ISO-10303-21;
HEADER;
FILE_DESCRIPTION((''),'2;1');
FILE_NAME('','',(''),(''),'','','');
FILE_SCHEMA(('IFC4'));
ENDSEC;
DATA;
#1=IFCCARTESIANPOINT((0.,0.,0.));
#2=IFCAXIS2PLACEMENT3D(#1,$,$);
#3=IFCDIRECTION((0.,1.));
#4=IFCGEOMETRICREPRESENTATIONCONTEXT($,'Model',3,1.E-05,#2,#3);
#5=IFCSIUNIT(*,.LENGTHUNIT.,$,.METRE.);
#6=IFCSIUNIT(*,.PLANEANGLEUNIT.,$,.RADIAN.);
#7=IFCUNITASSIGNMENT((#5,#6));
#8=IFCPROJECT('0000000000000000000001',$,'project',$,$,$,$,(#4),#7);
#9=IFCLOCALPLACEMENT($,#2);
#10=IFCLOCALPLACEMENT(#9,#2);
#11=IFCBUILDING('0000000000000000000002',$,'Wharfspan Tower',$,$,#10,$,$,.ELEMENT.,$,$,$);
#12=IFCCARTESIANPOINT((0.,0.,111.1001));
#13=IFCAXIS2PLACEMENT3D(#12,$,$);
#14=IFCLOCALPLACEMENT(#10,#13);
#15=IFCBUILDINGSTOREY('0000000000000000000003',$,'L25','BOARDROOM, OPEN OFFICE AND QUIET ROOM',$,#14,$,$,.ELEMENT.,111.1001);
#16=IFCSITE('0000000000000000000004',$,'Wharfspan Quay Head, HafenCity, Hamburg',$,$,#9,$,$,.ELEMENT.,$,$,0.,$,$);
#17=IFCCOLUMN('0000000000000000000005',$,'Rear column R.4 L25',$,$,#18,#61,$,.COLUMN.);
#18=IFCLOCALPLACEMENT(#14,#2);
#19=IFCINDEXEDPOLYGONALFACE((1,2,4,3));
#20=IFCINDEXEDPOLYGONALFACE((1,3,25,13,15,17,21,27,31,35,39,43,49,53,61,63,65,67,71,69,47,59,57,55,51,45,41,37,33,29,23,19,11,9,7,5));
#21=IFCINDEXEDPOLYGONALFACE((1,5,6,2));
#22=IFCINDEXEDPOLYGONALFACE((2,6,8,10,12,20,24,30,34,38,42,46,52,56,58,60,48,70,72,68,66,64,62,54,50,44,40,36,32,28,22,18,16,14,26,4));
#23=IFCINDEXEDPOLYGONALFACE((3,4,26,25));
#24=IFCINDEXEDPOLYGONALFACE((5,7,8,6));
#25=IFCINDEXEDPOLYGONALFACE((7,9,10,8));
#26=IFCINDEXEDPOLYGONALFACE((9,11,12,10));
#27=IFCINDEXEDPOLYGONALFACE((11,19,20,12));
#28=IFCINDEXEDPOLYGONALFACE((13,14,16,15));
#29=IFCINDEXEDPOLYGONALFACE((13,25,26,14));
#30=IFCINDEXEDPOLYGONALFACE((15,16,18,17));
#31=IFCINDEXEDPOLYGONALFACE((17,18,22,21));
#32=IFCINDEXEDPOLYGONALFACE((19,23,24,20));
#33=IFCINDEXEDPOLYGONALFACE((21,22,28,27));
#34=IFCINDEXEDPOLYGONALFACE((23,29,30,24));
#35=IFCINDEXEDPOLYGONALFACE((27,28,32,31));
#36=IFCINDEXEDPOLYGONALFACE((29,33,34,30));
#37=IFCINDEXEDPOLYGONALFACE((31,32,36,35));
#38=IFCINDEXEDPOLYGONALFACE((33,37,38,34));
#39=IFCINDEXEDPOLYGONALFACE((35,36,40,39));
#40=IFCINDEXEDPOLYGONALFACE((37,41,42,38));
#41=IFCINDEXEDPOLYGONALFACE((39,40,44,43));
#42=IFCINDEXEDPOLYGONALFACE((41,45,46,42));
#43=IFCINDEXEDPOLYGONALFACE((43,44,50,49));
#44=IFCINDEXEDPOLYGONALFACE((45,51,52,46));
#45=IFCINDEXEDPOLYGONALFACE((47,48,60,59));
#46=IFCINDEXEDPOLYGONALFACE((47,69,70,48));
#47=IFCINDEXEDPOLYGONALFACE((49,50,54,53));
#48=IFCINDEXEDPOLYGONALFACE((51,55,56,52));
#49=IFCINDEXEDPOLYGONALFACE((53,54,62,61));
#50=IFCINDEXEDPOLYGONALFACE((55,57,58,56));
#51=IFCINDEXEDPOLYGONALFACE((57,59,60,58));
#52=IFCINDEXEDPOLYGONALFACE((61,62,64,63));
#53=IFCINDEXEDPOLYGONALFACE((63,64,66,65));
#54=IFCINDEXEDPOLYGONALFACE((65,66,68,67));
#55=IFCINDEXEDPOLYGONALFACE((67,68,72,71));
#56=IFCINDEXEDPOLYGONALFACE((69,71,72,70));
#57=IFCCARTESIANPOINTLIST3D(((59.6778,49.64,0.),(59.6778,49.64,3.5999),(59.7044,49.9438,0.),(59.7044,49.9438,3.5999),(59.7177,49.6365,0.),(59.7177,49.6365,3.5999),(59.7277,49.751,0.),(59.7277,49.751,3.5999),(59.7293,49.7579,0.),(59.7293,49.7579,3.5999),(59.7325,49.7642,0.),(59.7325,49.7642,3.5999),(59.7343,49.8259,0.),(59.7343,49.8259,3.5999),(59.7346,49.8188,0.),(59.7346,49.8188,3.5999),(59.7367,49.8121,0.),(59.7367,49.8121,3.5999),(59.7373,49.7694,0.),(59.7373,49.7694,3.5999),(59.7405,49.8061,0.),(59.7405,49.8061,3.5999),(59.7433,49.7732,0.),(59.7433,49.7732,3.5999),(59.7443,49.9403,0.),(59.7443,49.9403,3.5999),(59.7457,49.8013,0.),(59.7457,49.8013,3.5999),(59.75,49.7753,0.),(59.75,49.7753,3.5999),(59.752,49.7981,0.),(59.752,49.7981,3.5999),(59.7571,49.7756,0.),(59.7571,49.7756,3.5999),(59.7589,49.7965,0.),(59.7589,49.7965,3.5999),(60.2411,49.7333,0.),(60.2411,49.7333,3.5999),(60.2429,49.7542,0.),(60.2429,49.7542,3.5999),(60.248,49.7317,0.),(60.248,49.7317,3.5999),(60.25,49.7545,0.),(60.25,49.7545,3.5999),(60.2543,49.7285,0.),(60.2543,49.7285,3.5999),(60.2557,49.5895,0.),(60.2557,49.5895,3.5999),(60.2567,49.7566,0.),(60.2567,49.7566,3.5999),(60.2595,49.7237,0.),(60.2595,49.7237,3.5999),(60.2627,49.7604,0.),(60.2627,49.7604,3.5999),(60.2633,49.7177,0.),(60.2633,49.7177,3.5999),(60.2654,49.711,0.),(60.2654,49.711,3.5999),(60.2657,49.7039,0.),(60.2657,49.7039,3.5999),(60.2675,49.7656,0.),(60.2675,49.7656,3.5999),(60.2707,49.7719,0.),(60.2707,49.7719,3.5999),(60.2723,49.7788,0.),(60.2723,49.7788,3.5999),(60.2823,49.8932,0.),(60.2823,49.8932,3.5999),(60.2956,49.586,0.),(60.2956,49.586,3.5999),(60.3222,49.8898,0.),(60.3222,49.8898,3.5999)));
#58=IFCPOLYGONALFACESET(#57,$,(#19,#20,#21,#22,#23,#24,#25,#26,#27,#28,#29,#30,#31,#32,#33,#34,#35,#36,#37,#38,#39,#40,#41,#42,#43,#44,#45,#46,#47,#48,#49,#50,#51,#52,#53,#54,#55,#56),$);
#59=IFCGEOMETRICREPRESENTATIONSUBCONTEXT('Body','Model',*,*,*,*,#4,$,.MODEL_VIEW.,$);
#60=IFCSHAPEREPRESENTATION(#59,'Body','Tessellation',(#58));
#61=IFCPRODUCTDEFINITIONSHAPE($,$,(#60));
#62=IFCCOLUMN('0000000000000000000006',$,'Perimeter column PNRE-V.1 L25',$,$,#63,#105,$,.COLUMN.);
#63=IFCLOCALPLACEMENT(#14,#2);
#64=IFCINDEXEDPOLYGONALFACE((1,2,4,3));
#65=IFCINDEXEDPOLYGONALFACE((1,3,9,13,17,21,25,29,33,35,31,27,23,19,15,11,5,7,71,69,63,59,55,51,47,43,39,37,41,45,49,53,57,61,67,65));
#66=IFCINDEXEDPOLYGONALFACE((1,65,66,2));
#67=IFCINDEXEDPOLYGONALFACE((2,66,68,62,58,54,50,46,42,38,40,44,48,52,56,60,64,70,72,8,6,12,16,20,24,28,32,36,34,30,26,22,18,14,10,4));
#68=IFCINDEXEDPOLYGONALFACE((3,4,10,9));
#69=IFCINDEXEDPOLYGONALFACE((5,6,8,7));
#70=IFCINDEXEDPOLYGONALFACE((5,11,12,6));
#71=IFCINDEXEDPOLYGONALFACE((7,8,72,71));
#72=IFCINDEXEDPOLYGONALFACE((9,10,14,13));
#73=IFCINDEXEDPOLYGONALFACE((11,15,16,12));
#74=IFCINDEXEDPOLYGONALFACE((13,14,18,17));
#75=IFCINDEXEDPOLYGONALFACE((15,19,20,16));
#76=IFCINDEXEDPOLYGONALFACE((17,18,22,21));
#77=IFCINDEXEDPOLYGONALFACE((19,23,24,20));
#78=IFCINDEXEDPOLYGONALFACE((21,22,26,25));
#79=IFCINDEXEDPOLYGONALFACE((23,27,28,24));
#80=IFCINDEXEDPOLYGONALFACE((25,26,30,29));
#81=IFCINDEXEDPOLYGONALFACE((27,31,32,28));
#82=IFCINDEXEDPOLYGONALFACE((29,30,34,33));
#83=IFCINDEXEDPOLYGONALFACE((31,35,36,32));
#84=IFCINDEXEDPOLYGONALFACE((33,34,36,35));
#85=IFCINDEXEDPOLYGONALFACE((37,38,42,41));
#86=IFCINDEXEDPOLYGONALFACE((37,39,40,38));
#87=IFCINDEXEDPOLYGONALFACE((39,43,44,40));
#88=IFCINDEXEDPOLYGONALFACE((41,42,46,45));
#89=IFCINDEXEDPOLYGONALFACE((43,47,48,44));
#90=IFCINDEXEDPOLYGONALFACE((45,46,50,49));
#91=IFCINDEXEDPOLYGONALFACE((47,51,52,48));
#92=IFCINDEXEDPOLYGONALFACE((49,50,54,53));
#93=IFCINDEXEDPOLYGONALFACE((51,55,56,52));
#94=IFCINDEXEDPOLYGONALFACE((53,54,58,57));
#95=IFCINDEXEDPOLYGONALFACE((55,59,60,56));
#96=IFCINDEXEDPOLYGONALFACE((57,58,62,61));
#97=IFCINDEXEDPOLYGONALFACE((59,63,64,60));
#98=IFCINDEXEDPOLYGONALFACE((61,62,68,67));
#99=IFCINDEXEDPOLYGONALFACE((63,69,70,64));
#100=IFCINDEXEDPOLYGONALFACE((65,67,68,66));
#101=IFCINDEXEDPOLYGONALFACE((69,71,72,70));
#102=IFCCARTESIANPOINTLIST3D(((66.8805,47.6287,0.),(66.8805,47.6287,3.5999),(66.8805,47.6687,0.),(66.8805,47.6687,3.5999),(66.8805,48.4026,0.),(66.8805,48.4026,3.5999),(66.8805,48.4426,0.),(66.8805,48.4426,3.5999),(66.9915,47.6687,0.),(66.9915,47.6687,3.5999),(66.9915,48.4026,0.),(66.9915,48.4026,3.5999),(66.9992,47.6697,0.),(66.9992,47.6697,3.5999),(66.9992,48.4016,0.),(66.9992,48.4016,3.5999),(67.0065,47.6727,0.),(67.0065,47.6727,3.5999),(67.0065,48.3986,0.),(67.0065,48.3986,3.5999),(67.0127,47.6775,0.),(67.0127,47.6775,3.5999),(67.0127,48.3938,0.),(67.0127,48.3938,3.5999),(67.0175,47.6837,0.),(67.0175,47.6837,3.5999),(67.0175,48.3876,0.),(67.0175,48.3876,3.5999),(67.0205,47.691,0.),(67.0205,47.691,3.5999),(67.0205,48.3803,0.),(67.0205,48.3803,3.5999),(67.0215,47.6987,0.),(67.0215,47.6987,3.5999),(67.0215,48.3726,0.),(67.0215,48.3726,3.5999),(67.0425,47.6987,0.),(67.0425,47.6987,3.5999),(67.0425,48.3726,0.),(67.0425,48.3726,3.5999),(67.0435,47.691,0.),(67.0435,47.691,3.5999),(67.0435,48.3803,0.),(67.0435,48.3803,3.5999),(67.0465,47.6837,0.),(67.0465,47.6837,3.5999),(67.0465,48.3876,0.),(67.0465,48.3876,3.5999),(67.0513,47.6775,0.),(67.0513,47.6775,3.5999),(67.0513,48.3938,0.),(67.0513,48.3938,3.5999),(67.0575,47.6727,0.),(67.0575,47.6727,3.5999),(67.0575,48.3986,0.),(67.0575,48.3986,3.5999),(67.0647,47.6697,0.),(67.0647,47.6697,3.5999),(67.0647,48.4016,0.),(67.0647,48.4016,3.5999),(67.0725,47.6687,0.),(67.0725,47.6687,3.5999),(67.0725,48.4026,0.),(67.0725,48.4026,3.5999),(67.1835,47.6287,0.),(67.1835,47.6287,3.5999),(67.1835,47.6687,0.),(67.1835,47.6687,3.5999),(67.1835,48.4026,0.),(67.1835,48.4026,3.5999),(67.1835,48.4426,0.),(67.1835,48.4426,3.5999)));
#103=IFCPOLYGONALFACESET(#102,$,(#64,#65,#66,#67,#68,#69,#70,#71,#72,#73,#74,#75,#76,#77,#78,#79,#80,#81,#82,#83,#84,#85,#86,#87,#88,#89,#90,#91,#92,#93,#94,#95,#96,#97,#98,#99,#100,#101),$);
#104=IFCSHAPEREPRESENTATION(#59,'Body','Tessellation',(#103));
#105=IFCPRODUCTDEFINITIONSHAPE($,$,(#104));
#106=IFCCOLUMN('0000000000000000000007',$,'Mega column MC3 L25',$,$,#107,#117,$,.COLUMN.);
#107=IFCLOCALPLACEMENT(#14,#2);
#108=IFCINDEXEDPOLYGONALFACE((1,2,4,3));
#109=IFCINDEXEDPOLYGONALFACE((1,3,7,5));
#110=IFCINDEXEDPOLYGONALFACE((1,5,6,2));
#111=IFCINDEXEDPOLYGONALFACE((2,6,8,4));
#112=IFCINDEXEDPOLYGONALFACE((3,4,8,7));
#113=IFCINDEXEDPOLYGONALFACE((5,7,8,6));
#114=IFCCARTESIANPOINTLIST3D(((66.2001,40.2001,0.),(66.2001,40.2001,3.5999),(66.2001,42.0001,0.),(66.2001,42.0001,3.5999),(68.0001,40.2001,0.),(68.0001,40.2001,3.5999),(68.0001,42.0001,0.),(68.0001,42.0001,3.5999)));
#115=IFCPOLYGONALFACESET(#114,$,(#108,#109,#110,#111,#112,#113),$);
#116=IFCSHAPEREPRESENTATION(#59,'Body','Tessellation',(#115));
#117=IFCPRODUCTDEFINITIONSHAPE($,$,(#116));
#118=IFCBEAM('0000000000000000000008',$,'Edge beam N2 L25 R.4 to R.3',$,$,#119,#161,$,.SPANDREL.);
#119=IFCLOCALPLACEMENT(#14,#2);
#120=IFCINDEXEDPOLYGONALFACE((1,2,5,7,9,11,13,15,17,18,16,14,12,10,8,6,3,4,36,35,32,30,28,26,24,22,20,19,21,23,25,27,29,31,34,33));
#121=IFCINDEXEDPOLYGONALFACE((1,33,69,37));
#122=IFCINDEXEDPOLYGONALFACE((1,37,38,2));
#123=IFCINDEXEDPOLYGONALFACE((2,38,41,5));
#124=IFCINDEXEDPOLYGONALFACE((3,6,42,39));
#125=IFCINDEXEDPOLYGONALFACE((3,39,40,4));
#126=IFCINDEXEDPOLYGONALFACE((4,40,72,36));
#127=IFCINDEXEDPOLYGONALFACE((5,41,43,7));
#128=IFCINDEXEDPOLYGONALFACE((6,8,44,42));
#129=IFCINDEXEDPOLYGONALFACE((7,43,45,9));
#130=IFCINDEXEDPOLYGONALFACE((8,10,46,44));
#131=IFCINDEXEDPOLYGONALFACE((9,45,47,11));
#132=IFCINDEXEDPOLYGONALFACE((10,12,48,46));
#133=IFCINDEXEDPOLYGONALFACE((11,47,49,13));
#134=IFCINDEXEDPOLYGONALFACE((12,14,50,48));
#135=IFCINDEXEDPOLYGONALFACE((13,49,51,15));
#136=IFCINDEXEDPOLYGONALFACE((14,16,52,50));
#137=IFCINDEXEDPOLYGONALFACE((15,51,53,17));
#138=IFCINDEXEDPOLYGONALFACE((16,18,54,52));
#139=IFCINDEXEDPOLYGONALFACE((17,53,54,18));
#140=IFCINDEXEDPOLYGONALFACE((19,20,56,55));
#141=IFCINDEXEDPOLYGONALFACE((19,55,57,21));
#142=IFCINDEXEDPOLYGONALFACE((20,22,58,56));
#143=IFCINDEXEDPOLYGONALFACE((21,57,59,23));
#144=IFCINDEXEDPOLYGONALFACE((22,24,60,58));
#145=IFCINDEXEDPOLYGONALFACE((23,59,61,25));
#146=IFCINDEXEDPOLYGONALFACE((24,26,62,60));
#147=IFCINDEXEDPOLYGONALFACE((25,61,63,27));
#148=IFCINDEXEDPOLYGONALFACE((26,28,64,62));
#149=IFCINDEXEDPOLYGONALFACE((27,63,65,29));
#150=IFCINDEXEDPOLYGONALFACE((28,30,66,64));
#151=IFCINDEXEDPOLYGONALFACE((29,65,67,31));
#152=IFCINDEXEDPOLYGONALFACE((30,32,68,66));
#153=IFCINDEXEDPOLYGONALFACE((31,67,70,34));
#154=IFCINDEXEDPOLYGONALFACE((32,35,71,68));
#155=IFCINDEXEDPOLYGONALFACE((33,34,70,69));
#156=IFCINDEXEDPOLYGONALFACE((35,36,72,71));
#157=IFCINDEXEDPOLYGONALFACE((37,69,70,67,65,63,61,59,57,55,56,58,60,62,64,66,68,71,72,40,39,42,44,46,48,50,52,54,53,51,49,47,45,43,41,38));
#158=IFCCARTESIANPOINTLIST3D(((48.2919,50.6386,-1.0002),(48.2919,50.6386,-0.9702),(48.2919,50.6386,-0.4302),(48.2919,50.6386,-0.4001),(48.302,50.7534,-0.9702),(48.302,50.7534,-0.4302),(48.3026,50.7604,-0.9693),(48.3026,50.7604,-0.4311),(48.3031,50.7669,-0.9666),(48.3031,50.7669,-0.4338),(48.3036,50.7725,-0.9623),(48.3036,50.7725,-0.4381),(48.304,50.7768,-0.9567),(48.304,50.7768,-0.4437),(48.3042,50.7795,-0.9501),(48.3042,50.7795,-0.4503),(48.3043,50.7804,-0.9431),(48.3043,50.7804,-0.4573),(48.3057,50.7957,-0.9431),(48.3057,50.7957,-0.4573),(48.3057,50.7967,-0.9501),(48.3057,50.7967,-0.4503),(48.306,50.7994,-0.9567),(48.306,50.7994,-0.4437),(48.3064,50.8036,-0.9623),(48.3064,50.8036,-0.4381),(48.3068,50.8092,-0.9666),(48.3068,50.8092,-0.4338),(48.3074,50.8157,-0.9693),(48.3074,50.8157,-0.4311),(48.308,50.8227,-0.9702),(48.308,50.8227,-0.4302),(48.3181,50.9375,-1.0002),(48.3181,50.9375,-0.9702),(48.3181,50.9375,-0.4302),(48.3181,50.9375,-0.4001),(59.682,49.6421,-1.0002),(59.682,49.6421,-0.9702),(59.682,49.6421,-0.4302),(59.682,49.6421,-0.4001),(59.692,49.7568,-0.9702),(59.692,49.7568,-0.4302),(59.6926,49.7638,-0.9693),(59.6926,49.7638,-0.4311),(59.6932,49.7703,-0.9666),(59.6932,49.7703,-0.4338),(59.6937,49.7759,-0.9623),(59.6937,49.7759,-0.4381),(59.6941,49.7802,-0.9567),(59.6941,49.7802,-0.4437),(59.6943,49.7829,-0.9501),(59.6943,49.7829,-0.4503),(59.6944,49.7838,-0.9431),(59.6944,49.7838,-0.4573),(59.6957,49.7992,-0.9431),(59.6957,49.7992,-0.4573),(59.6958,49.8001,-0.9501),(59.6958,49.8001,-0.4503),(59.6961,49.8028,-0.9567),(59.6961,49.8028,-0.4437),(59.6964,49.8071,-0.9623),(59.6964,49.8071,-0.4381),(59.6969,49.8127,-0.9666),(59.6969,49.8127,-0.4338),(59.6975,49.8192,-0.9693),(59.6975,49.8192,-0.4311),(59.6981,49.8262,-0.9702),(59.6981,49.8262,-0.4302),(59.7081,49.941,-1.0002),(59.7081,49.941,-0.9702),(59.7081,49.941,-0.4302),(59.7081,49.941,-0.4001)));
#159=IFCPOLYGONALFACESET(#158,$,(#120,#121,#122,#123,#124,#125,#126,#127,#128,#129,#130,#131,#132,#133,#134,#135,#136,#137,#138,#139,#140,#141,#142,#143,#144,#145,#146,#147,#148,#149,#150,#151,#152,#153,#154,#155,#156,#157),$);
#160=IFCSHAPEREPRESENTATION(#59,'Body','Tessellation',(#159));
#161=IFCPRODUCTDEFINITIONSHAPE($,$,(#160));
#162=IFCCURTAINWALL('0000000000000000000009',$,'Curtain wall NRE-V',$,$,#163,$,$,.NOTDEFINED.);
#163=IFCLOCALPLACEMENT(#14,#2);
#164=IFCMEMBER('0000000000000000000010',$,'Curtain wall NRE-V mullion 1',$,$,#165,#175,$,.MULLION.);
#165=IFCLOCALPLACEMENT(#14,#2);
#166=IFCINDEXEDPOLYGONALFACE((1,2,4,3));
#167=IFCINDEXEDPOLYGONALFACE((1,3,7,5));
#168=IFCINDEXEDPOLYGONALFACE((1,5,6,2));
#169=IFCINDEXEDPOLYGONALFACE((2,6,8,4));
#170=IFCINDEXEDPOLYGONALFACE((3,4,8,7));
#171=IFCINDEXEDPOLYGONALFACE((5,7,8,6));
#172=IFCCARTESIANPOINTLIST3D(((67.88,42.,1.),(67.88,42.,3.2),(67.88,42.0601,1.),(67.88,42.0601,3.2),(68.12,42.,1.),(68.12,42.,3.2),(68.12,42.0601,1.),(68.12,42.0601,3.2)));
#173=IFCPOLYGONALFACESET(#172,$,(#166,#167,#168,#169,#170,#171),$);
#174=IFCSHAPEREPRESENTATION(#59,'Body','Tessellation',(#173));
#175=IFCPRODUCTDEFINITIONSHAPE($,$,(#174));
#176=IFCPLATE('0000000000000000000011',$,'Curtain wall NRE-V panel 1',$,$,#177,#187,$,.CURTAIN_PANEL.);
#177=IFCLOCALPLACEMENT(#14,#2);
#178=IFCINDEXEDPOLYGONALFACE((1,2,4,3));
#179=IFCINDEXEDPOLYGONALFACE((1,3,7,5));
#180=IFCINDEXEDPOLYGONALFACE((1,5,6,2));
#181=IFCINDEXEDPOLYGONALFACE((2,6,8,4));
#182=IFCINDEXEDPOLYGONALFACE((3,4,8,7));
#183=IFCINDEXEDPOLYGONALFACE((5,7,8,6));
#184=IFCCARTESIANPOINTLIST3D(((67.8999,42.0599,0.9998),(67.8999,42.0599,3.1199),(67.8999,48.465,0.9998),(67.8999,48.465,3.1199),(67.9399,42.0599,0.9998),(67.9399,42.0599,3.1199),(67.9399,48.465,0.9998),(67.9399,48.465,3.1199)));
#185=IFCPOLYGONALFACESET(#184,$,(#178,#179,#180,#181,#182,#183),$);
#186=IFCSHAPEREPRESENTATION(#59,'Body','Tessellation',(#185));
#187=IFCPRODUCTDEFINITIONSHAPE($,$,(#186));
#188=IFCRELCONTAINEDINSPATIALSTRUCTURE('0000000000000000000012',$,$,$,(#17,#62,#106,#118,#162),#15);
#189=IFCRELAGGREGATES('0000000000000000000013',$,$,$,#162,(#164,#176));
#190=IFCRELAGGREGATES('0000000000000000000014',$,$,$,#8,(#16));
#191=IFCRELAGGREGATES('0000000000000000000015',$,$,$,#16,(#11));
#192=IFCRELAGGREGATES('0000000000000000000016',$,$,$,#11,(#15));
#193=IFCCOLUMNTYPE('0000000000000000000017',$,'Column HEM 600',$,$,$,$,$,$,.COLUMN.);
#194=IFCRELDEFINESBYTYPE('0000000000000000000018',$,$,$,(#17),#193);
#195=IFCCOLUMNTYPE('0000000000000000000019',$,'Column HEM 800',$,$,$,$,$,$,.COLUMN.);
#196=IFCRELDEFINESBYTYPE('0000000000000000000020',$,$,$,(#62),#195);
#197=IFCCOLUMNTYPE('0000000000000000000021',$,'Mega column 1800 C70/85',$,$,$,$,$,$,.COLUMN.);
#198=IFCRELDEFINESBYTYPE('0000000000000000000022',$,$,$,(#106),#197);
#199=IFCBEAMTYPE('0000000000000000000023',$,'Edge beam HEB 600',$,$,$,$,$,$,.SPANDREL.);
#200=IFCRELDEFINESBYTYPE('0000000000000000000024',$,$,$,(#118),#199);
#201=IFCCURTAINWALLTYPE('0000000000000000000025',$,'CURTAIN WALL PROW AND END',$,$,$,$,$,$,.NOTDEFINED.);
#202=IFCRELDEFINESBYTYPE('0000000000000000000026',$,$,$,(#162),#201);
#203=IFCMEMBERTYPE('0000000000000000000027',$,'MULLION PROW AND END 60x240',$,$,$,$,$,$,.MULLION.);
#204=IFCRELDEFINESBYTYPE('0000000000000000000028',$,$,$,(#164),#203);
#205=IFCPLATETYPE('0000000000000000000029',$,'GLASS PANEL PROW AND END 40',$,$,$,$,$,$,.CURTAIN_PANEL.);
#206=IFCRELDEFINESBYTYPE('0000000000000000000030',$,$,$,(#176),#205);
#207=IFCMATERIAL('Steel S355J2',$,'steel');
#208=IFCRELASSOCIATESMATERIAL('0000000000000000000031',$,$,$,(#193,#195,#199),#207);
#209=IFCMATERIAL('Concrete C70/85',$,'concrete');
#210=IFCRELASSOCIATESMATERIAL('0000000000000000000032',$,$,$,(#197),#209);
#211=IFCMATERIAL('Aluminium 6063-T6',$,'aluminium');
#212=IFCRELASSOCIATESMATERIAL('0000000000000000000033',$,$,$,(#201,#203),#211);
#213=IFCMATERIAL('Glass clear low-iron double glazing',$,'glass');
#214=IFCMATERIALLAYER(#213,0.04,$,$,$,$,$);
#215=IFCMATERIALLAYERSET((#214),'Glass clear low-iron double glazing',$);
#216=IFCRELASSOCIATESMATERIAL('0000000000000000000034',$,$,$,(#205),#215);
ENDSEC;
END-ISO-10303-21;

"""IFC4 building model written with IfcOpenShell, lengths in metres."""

from ifc_helpers import new_model, si_unit, direction, frame, origin, origin_2d, place, context, subcontext, project, spatial, rectangle, i_section, extrude, material, layer, layer_set, material_profile, profile_set, type_object, element, aggregate, save


model = new_model("IFC4")

# Units and contexts
model_context = context("Model", 3, precision=1e-05, world=origin(), true_north=direction((0.0, 1.0)))
body_context = subcontext(model_context, "Body", "Model", "MODEL_VIEW")
ifc_project = project(units=[si_unit("LENGTHUNIT", "METRE"), si_unit("PLANEANGLEUNIT", "RADIAN")], contexts=[model_context])

# Site, building, storey
site_placement = place(None, origin())
site = spatial("IfcSite", under=ifc_project, at=site_placement, Name="Wharfspan Quay Head, HafenCity, Hamburg", CompositionType="ELEMENT", RefElevation=0.0)
building_placement = place(site_placement, origin())
building = spatial("IfcBuilding", under=site, at=building_placement, Name="Wharfspan Tower", CompositionType="ELEMENT")
storey_placement = place(building_placement, frame((0.0, 0.0, 111.1001)))
storey = spatial("IfcBuildingStorey", under=building, at=storey_placement, Name="L25", Description="BOARDROOM, OPEN OFFICE AND QUIET ROOM", CompositionType="ELEMENT", Elevation=111.1001)

# Columns
ifc_material_1 = material(Name="Steel S355J2", Category="steel")
ifc_material_profile_1 = material_profile(ifc_material_1, i_section(OverallWidth=0.3049, OverallDepth=0.6201, WebThickness=0.021, FlangeThickness=0.04, FilletRadius=0.0271, at=origin_2d()))
ifc_profile_set_1 = profile_set([ifc_material_profile_1], Name="Steel S355J2")
column_type_1 = type_object("IfcColumnType", Name="Column HEM 600", PredefinedType="COLUMN", material=ifc_profile_set_1)
column_1_placement = place(storey_placement, frame((60.0, 49.7649, 0.0), z_axis=(0.0, 0.0, 1.0), x_axis=(0.087156, 0.996198, 0.0)))
element("IfcColumn", 1, at=column_1_placement, inside=storey, type_object=column_type_1, Name="Rear column R.4 L25", PredefinedType="COLUMN", context=body_context, shape_type="SweptSolid", body=[
    extrude(i_section(OverallWidth=0.3049, OverallDepth=0.6201, WebThickness=0.021, FlangeThickness=0.04, FilletRadius=0.0271, at=origin_2d()), origin(), (0.0, 0.0, 1.0), 3.5999),
])
ifc_material_profile_2 = material_profile(ifc_material_1, i_section(OverallWidth=0.303, OverallDepth=0.814, WebThickness=0.021, FlangeThickness=0.04, FilletRadius=0.03, at=origin_2d()))
ifc_profile_set_2 = profile_set([ifc_material_profile_2], Name="Steel S355J2")
column_type_2 = type_object("IfcColumnType", Name="Column HEM 800", PredefinedType="COLUMN", material=ifc_profile_set_2)
column_2_placement = place(storey_placement, frame((67.032, 48.0356, 0.0), z_axis=(0.0, 0.0, 1.0), x_axis=(1.0, 0.0, 0.0)))
element("IfcColumn", 2, at=column_2_placement, inside=storey, type_object=column_type_2, Name="Perimeter column PNRE-V.1 L25", PredefinedType="COLUMN", context=body_context, shape_type="SweptSolid", body=[
    extrude(i_section(OverallWidth=0.303, OverallDepth=0.814, WebThickness=0.021, FlangeThickness=0.04, FilletRadius=0.03, at=origin_2d()), origin(), (0.0, 0.0, 1.0), 3.5999),
])
ifc_material_2 = material(Name="Concrete C70/85", Category="concrete")
ifc_material_profile_3 = material_profile(ifc_material_2, rectangle(XDim=1.8, YDim=1.8, at=origin_2d()))
ifc_profile_set_3 = profile_set([ifc_material_profile_3], Name="Concrete C70/85")
column_type_3 = type_object("IfcColumnType", Name="Mega column 1800 C70/85", PredefinedType="COLUMN", material=ifc_profile_set_3)
column_3_placement = place(storey_placement, frame((67.1001, 41.1001, 0.0), z_axis=(0.0, 0.0, 1.0), x_axis=(1.0, 0.0, 0.0)))
element("IfcColumn", 3, at=column_3_placement, inside=storey, type_object=column_type_3, Name="Mega column MC3 L25", PredefinedType="COLUMN", context=body_context, shape_type="SweptSolid", body=[
    extrude(rectangle(XDim=1.8, YDim=1.8, at=origin_2d()), origin(), (0.0, 0.0, 1.0), 3.5999),
])

# Beam
ifc_material_profile_4 = material_profile(ifc_material_1, i_section(OverallWidth=0.3, OverallDepth=0.6001, WebThickness=0.0154, FlangeThickness=0.03, FilletRadius=0.0271, at=origin_2d()))
ifc_profile_set_4 = profile_set([ifc_material_profile_4], Name="Steel S355J2")
beam_type = type_object("IfcBeamType", Name="Edge beam HEB 600", PredefinedType="SPANDREL", material=ifc_profile_set_4)
beam_placement = place(storey_placement, frame((59.6951, 49.7915, -0.7002), z_axis=(-0.996194, 0.087162, 0.0), x_axis=(-0.087162, -0.996194, 0.0)))
element("IfcBeam", 4, at=beam_placement, inside=storey, type_object=beam_type, Name="Edge beam N2 L25 R.4 to R.3", PredefinedType="SPANDREL", context=body_context, shape_type="SweptSolid", body=[
    extrude(i_section(OverallWidth=0.3, OverallDepth=0.6001, WebThickness=0.0154, FlangeThickness=0.03, FilletRadius=0.0271, at=origin_2d()), origin(), (0.0, 0.0, 1.0), 11.4336),
])

# Curtain wall, member, plate
ifc_material_3 = material(Name="Aluminium 6063-T6", Category="aluminium")
curtain_wall_type = type_object("IfcCurtainWallType", Name="CURTAIN WALL PROW AND END", PredefinedType="NOTDEFINED", material=ifc_material_3)
curtain_wall_placement = place(storey_placement, origin())
curtain_wall = element("IfcCurtainWall", 5, at=curtain_wall_placement, inside=storey, type_object=curtain_wall_type, Name="Curtain wall NRE-V", PredefinedType="NOTDEFINED")
ifc_material_profile_5 = material_profile(ifc_material_3, rectangle(XDim=0.24, YDim=0.0601, at=origin_2d()))
ifc_profile_set_5 = profile_set([ifc_material_profile_5], Name="Aluminium 6063-T6")
member_type = type_object("IfcMemberType", Name="MULLION PROW AND END 60x240", PredefinedType="MULLION", material=ifc_profile_set_5)
member_placement = place(storey_placement, frame((68.0, 42.03, 1.0), z_axis=(0.0, 0.0, 1.0), x_axis=(-1.0, 0.0, 0.0)))
member = element("IfcMember", 6, at=member_placement, type_object=member_type, Name="Curtain wall NRE-V mullion 1", PredefinedType="MULLION", context=body_context, shape_type="SweptSolid", body=[
    extrude(rectangle(XDim=0.24, YDim=0.0601, at=origin_2d()), origin(), (0.0, 0.0, 1.0), 2.2),
])
ifc_material_4 = material(Name="Glass clear low-iron double glazing", Category="glass")
ifc_layer_1 = layer(ifc_material_4, 0.04)
ifc_layer_set_1 = layer_set([ifc_layer_1], Name="Glass clear low-iron double glazing")
plate_type = type_object("IfcPlateType", Name="GLASS PANEL PROW AND END 40", PredefinedType="CURTAIN_PANEL", material=ifc_layer_set_1)
plate_placement = place(storey_placement, frame((67.9199, 45.2625, 0.9998), z_axis=(0.0, 0.0, 1.0), x_axis=(0.0, 1.0, 0.0)))
plate = element("IfcPlate", 7, at=plate_placement, type_object=plate_type, Name="Curtain wall NRE-V panel 1", PredefinedType="CURTAIN_PANEL", context=body_context, shape_type="SweptSolid", body=[
    extrude(rectangle(XDim=6.405, YDim=0.04, at=origin_2d()), origin(), (0.0, 0.0, 1.0), 2.1201),
])
aggregate(curtain_wall, [member, plate])

save(model, "model.ifc")
